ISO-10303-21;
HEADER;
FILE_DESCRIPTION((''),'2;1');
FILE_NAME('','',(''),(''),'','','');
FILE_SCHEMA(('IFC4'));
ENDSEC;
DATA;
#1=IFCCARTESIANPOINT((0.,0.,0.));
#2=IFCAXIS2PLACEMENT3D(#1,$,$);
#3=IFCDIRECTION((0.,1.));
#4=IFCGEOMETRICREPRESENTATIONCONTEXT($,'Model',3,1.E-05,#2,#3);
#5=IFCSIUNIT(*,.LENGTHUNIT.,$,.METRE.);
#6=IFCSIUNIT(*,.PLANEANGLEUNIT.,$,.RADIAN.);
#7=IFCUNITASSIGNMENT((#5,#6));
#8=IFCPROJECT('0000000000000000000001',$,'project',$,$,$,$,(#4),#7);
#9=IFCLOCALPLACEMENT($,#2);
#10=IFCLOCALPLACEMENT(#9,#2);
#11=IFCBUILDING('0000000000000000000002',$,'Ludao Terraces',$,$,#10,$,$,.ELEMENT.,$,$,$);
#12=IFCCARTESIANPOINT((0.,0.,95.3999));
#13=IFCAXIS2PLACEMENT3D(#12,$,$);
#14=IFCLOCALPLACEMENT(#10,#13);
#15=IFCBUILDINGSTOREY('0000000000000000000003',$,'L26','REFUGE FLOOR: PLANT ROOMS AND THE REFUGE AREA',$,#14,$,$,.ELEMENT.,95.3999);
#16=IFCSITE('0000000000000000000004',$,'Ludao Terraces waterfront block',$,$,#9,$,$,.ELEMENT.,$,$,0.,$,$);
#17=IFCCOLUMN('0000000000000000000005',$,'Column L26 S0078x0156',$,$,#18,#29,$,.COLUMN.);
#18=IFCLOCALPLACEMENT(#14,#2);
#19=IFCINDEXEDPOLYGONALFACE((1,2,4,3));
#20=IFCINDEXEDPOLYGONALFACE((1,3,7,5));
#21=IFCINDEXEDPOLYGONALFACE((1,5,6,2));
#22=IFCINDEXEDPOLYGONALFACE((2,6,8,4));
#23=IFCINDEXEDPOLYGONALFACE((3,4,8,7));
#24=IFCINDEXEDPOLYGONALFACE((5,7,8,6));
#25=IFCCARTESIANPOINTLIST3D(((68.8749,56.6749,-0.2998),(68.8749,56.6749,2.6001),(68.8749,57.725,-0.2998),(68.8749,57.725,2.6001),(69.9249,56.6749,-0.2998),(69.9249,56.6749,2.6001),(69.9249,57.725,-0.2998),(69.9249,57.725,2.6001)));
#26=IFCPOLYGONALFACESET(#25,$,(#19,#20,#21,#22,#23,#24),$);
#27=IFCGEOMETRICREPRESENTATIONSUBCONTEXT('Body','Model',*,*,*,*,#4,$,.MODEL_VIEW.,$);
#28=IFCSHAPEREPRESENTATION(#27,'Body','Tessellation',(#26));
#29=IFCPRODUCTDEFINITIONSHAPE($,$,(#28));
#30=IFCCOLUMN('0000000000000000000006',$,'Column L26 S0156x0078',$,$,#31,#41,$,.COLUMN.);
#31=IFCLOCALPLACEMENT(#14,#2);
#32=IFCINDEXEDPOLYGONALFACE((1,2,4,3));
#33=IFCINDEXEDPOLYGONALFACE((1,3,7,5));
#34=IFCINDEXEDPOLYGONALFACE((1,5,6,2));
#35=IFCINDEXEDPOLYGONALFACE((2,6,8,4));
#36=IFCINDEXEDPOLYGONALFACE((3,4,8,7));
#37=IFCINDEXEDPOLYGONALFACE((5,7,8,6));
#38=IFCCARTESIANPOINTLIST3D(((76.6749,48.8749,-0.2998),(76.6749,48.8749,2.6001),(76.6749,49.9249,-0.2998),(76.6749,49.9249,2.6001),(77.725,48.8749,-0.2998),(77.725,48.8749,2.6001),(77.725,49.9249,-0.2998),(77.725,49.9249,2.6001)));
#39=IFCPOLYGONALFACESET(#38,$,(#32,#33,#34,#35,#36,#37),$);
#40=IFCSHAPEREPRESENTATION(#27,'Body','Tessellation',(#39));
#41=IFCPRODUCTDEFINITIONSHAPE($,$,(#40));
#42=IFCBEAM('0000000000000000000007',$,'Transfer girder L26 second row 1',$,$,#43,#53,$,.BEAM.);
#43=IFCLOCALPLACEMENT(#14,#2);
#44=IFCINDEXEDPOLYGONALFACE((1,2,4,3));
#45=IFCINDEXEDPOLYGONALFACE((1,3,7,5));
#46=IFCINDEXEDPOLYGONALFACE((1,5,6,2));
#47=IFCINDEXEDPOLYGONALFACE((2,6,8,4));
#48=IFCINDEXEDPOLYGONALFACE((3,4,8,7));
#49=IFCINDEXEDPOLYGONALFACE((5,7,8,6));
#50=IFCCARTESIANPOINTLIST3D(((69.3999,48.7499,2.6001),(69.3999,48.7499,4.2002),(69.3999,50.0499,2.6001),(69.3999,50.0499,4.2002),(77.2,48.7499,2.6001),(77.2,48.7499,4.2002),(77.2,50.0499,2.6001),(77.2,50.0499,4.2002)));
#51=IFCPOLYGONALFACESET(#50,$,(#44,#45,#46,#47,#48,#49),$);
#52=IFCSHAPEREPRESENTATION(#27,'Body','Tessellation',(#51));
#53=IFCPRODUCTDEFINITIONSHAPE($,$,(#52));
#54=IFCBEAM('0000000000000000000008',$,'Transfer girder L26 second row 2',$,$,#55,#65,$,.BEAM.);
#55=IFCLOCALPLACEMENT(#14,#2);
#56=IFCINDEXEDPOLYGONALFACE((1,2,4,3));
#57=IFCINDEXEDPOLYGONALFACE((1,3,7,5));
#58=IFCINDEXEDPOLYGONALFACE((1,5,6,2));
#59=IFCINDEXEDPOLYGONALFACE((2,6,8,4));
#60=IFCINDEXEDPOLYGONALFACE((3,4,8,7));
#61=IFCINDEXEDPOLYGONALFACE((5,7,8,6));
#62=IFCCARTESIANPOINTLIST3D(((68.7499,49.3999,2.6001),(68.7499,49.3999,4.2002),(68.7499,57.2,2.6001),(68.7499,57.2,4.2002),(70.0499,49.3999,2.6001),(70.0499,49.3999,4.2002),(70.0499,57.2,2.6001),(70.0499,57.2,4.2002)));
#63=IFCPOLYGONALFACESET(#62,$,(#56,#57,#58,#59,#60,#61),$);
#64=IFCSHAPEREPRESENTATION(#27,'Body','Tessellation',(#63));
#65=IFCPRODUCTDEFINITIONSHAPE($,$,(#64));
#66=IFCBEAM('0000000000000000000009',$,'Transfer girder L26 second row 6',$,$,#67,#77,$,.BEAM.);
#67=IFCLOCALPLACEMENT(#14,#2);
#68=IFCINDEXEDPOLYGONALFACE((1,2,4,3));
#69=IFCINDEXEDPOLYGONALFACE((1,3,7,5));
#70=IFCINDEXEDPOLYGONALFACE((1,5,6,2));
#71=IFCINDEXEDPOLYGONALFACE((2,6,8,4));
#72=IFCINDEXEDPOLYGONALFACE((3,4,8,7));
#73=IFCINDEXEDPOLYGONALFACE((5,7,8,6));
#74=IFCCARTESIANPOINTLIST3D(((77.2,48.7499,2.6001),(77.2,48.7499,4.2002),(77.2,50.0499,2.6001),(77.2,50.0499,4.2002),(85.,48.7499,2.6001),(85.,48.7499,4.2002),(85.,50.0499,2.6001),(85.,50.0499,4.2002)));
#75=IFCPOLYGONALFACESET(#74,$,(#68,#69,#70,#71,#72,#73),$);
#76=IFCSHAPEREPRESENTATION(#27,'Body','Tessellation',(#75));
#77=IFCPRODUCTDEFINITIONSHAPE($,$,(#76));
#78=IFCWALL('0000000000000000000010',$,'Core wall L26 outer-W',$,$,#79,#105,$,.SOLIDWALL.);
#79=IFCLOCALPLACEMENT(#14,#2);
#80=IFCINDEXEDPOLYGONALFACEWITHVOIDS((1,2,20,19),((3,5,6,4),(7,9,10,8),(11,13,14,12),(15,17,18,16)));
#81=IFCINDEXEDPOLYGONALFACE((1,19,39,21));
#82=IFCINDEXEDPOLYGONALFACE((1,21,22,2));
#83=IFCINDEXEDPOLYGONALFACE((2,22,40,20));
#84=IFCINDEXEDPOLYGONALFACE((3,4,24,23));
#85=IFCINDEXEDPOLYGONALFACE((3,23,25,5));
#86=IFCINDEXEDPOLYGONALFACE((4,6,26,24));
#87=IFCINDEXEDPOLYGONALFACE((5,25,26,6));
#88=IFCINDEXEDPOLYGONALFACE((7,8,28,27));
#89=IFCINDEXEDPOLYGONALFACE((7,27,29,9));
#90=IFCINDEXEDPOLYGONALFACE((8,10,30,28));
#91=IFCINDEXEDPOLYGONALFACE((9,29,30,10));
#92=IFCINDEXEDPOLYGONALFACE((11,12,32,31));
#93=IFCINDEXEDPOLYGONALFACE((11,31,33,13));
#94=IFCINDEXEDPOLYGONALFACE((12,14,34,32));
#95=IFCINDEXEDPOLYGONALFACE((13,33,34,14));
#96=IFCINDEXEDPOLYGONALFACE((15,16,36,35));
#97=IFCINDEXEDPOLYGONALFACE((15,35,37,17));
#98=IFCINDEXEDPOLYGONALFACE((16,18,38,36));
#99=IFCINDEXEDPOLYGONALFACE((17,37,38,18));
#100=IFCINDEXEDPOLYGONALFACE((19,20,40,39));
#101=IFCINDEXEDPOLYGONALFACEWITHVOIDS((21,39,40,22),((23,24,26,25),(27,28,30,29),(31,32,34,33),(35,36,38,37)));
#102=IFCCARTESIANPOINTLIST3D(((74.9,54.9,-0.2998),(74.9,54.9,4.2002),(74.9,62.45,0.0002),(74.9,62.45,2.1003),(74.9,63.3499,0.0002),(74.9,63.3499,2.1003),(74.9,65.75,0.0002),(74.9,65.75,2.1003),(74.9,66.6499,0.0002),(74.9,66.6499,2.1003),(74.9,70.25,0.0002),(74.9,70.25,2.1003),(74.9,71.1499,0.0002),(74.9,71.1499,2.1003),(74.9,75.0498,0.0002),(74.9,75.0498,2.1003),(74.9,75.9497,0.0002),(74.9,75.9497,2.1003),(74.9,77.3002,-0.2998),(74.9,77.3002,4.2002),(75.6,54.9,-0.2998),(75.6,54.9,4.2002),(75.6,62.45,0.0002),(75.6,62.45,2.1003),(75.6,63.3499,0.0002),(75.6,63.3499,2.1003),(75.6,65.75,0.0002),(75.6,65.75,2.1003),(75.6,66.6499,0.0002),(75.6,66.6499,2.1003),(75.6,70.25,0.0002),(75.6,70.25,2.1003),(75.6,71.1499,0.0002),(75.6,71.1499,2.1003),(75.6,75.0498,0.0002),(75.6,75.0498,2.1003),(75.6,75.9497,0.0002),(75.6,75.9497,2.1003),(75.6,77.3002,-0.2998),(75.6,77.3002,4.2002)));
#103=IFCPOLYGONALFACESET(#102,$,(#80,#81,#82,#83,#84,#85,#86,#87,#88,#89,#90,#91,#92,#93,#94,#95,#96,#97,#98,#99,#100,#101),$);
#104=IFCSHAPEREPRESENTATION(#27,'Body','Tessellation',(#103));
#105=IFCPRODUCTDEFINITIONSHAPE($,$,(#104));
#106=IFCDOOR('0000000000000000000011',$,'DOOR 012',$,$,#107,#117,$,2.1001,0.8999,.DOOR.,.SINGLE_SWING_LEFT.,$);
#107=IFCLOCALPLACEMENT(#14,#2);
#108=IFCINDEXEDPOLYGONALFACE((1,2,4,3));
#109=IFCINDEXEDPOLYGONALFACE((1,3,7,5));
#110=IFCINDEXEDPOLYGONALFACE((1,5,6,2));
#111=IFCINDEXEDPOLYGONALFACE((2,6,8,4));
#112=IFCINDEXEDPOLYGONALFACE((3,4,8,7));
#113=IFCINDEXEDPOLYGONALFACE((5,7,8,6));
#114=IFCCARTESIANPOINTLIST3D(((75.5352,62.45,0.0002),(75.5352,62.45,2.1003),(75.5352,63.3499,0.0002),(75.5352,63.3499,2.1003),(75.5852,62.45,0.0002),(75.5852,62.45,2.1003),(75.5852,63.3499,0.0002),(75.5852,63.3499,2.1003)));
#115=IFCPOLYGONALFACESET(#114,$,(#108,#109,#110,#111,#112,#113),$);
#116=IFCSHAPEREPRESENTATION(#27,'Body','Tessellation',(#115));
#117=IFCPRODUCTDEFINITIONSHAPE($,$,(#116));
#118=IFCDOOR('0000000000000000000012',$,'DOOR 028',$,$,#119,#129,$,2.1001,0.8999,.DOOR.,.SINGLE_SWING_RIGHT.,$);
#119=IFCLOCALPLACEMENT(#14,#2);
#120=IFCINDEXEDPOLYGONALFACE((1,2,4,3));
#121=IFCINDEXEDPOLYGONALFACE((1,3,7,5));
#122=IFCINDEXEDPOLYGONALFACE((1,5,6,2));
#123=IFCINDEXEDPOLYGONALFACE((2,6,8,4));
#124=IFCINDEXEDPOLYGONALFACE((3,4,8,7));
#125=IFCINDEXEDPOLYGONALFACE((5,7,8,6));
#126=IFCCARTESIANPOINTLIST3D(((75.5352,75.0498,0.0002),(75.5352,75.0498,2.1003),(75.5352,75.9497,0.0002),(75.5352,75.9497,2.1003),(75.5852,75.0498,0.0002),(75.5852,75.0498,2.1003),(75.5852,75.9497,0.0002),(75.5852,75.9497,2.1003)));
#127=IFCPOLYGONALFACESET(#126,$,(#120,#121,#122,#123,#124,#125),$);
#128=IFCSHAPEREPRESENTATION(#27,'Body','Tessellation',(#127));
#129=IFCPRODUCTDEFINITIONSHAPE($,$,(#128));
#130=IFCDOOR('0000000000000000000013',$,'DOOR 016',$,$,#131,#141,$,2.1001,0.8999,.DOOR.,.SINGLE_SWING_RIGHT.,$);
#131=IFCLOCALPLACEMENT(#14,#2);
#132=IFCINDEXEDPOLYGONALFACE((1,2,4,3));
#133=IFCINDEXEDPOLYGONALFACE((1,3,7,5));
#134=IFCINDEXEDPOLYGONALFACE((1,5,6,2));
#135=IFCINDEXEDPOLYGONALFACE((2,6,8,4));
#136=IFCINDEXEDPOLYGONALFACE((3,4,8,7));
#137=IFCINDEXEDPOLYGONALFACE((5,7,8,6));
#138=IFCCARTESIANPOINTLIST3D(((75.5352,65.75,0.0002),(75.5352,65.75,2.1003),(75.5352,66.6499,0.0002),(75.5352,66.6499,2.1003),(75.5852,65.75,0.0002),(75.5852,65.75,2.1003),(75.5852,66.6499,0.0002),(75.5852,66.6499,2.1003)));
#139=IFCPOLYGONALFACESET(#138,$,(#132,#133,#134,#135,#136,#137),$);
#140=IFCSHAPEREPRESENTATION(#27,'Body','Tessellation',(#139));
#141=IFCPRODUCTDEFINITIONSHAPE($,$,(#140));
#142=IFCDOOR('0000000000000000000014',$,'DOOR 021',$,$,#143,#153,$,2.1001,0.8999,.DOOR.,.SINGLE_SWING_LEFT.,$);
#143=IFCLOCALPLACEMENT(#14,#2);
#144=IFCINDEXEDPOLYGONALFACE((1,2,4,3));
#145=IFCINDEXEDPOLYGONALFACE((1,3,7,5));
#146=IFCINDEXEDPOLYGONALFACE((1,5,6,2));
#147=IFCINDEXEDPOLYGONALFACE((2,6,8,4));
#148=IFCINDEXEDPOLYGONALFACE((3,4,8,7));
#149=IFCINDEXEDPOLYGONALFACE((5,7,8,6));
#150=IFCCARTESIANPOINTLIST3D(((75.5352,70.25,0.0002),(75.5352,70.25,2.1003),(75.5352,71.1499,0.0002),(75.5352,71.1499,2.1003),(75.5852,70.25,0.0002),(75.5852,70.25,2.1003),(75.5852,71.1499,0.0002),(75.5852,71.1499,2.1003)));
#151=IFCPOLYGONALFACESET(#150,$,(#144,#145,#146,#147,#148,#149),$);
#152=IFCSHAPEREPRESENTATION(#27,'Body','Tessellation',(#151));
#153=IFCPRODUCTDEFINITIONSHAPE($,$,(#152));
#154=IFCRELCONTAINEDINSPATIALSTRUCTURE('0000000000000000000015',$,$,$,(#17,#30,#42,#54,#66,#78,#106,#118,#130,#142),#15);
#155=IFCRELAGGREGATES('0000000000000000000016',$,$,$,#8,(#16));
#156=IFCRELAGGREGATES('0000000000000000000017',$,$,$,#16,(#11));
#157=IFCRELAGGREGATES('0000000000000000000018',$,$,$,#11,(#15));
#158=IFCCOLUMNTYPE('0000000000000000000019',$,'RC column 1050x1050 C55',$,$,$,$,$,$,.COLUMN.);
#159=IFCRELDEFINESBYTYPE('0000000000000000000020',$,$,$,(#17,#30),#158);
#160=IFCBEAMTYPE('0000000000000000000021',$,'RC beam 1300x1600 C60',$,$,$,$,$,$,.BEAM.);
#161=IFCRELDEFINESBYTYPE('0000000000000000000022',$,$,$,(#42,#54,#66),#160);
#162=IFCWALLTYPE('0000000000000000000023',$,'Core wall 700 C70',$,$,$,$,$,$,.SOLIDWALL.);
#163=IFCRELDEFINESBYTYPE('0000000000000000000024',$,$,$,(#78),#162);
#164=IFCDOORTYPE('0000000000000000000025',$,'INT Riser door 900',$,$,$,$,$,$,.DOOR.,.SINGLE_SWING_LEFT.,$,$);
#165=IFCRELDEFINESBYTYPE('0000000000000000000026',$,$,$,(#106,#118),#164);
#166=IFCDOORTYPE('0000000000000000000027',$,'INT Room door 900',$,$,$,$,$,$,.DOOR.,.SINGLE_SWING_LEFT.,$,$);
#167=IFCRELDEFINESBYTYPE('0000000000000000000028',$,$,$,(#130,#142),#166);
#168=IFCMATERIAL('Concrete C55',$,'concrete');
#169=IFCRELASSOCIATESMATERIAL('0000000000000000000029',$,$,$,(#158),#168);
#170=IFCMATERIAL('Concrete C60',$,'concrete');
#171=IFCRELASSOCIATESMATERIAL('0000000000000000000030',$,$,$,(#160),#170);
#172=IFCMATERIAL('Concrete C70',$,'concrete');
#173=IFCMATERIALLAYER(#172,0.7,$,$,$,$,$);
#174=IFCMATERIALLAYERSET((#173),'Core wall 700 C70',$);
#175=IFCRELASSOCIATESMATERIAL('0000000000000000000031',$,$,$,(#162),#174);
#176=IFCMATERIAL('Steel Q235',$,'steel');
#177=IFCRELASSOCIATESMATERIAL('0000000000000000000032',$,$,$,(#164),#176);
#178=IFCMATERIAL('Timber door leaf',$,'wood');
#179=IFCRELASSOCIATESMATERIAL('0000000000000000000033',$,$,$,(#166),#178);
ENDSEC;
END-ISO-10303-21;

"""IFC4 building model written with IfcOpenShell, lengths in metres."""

from ifc_helpers import new_model, si_unit, direction, frame, frame_2d, origin, origin_2d, place, context, subcontext, project, spatial, rectangle, extrude, material, layer, layer_set, material_profile, profile_set, type_object, element, fill, save


model = new_model("IFC4")

# Units and contexts
model_context = context("Model", 3, precision=1e-05, world=origin(), true_north=direction((0.0, 1.0)))
body_context = subcontext(model_context, "Body", "Model", "MODEL_VIEW")
ifc_project = project(units=[si_unit("LENGTHUNIT", "METRE"), si_unit("PLANEANGLEUNIT", "RADIAN")], contexts=[model_context])

# Site, building, storey
site_placement = place(None, origin())
site = spatial("IfcSite", under=ifc_project, at=site_placement, Name="Ludao Terraces waterfront block", CompositionType="ELEMENT", RefElevation=0.0)
building_placement = place(site_placement, origin())
building = spatial("IfcBuilding", under=site, at=building_placement, Name="Ludao Terraces", CompositionType="ELEMENT")
storey_placement = place(building_placement, frame((0.0, 0.0, 95.3999)))
storey = spatial("IfcBuildingStorey", under=building, at=storey_placement, Name="L26", Description="REFUGE FLOOR: PLANT ROOMS AND THE REFUGE AREA", CompositionType="ELEMENT", Elevation=95.3999)

# Columns
ifc_material_1 = material(Name="Concrete C55", Category="concrete")
ifc_material_profile_1 = material_profile(ifc_material_1, rectangle(XDim=1.05, YDim=1.05, at=origin_2d()), Name="1050 X 1050")
ifc_profile_set_1 = profile_set([ifc_material_profile_1], Name="Concrete C55")
column_type = type_object("IfcColumnType", Name="RC column 1050x1050 C55", PredefinedType="COLUMN", material=ifc_profile_set_1)
for number, where, z_axis, x_axis, name in (
    (1, (69.3999, 57.2, -0.2998), (0.0, 0.0, 1.0), (1.0, 0.0, 0.0), "Column L26 S0078x0156"),
    (2, (77.2, 49.3999, -0.2998), (0.0, 0.0, 1.0), (1.0, 0.0, 0.0), "Column L26 S0156x0078"),
):
    element("IfcColumn", number, at=place(storey_placement, frame(where, z_axis=z_axis, x_axis=x_axis)), inside=storey, type_object=column_type, Name=name, PredefinedType="COLUMN", context=body_context, shape_type="SweptSolid", body=[
        extrude(rectangle(XDim=1.05, YDim=1.05, at=origin_2d()), origin(), (0.0, 0.0, 1.0), 2.8999),
    ])

# Beams
ifc_material_2 = material(Name="Concrete C60", Category="concrete")
ifc_material_profile_2 = material_profile(ifc_material_2, rectangle(XDim=1.3, YDim=1.6001, at=origin_2d()), Name="1300 X 1600")
ifc_profile_set_2 = profile_set([ifc_material_profile_2], Name="Concrete C60")
beam_type = type_object("IfcBeamType", Name="RC beam 1300x1600 C60", PredefinedType="BEAM", material=ifc_profile_set_2)
for number, where, z_axis, x_axis, name in (
    (3, (69.3999, 49.3999, 3.4001), (1.0, 0.0, 0.0), (0.0, 1.0, 0.0), "Transfer girder L26 second row 1"),
    (4, (69.3999, 49.3999, 3.4001), (0.0, 1.0, 0.0), (-1.0, 0.0, 0.0), "Transfer girder L26 second row 2"),
    (5, (77.2, 49.3999, 3.4001), (1.0, 0.0, 0.0), (0.0, 1.0, 0.0), "Transfer girder L26 second row 6"),
):
    element("IfcBeam", number, at=place(storey_placement, frame(where, z_axis=z_axis, x_axis=x_axis)), inside=storey, type_object=beam_type, Name=name, PredefinedType="BEAM", context=body_context, shape_type="SweptSolid", body=[
        extrude(rectangle(XDim=1.3, YDim=1.6001, at=origin_2d()), origin(), (0.0, 0.0, 1.0), 7.8),
    ])

# Wall, openings, doors
ifc_material_3 = material(Name="Concrete C70", Category="concrete")
ifc_layer_1 = layer(ifc_material_3, 0.7)
ifc_layer_set_1 = layer_set([ifc_layer_1], Name="Core wall 700 C70")
wall_type_1 = type_object("IfcWallType", Name="Core wall 700 C70", PredefinedType="SOLIDWALL", material=ifc_layer_set_1)
wall_1_placement = place(storey_placement, frame((75.25, 54.8999, -0.2998), z_axis=(0.0, 0.0, 1.0), x_axis=(0.0, 1.0, 0.0)))
wall_1 = element("IfcWall", 6, at=wall_1_placement, inside=storey, type_object=wall_type_1, Name="Core wall L26 outer-W", PredefinedType="SOLIDWALL", context=body_context, shape_type="SweptSolid", body=[
    extrude(rectangle(XDim=22.4001, YDim=0.7, at=frame_2d((11.2002, 0.0))), origin(), (0.0, 0.0, 1.0), 4.5),
])
opening_1_placement = place(wall_1_placement, frame((7.55, 0.0, 0.3)))
opening_1 = element("IfcOpeningElement", 7, at=opening_1_placement, cuts=wall_1, PredefinedType="OPENING", context=body_context, shape_type="SweptSolid", body=[
    extrude(rectangle(XDim=0.8999, YDim=2.1001, at=frame_2d((0.45, 1.05))), frame((0.0, 0.3599, 0.0), z_axis=(0.0, -1.0, 0.0), x_axis=(1.0, 0.0, 0.0)), (0.0, 0.0, 1.0), 0.72),
])
opening_2_placement = place(wall_1_placement, frame((10.8501, 0.0, 0.3)))
opening_2 = element("IfcOpeningElement", 8, at=opening_2_placement, cuts=wall_1, PredefinedType="OPENING", context=body_context, shape_type="SweptSolid", body=[
    extrude(rectangle(XDim=0.8999, YDim=2.1001, at=frame_2d((0.45, 1.05))), frame((0.0, 0.3599, 0.0), z_axis=(0.0, -1.0, 0.0), x_axis=(1.0, 0.0, 0.0)), (0.0, 0.0, 1.0), 0.72),
])
opening_3_placement = place(wall_1_placement, frame((15.3501, 0.0, 0.3)))
opening_3 = element("IfcOpeningElement", 9, at=opening_3_placement, cuts=wall_1, PredefinedType="OPENING", context=body_context, shape_type="SweptSolid", body=[
    extrude(rectangle(XDim=0.8999, YDim=2.1001, at=frame_2d((0.45, 1.05))), frame((0.0, 0.3599, 0.0), z_axis=(0.0, -1.0, 0.0), x_axis=(1.0, 0.0, 0.0)), (0.0, 0.0, 1.0), 0.72),
])
opening_4_placement = place(wall_1_placement, frame((20.1499, 0.0, 0.3)))
opening_4 = element("IfcOpeningElement", 10, at=opening_4_placement, cuts=wall_1, PredefinedType="OPENING", context=body_context, shape_type="SweptSolid", body=[
    extrude(rectangle(XDim=0.8999, YDim=2.1001, at=frame_2d((0.45, 1.05))), frame((0.0, 0.3599, 0.0), z_axis=(0.0, -1.0, 0.0), x_axis=(1.0, 0.0, 0.0)), (0.0, 0.0, 1.0), 0.72),
])
ifc_material_4 = material(Name="Steel Q235", Category="steel")
door_type_1 = type_object("IfcDoorType", Name="INT Riser door 900", OperationType="SINGLE_SWING_LEFT", PredefinedType="DOOR", material=ifc_material_4)
door_1_placement = place(opening_1_placement, origin())
door_1 = element("IfcDoor", 11, at=door_1_placement, inside=storey, type_object=door_type_1, Name="DOOR 012", OperationType="SINGLE_SWING_LEFT", OverallHeight=2.1001, OverallWidth=0.8999, PredefinedType="DOOR", context=body_context, shape_type="SweptSolid", body=[
    extrude(rectangle(XDim=0.8999, YDim=2.1001, at=frame_2d((0.45, 1.05))), frame((0.0, -0.2852, 0.0), z_axis=(0.0, -1.0, 0.0), x_axis=(1.0, 0.0, 0.0)), (0.0, 0.0, 1.0), 0.05),
])
fill(opening_1, door_1)
door_2_placement = place(opening_4_placement, origin())
door_2 = element("IfcDoor", 12, at=door_2_placement, inside=storey, type_object=door_type_1, Name="DOOR 028", OperationType="SINGLE_SWING_RIGHT", OverallHeight=2.1001, OverallWidth=0.8999, PredefinedType="DOOR", context=body_context, shape_type="SweptSolid", body=[
    extrude(rectangle(XDim=0.8999, YDim=2.1001, at=frame_2d((0.45, 1.05))), frame((0.0, -0.2852, 0.0), z_axis=(0.0, -1.0, 0.0), x_axis=(1.0, 0.0, 0.0)), (0.0, 0.0, 1.0), 0.05),
])
fill(opening_4, door_2)
ifc_material_5 = material(Name="Timber door leaf", Category="wood")
door_type_2 = type_object("IfcDoorType", Name="INT Room door 900", OperationType="SINGLE_SWING_LEFT", PredefinedType="DOOR", material=ifc_material_5)
door_3_placement = place(opening_2_placement, origin())
door_3 = element("IfcDoor", 13, at=door_3_placement, inside=storey, type_object=door_type_2, Name="DOOR 016", OperationType="SINGLE_SWING_RIGHT", OverallHeight=2.1001, OverallWidth=0.8999, PredefinedType="DOOR", context=body_context, shape_type="SweptSolid", body=[
    extrude(rectangle(XDim=0.8999, YDim=2.1001, at=frame_2d((0.45, 1.05))), frame((0.0, -0.2852, 0.0), z_axis=(0.0, -1.0, 0.0), x_axis=(1.0, 0.0, 0.0)), (0.0, 0.0, 1.0), 0.05),
])
fill(opening_2, door_3)
door_4_placement = place(opening_3_placement, origin())
door_4 = element("IfcDoor", 14, at=door_4_placement, inside=storey, type_object=door_type_2, Name="DOOR 021", OperationType="SINGLE_SWING_LEFT", OverallHeight=2.1001, OverallWidth=0.8999, PredefinedType="DOOR", context=body_context, shape_type="SweptSolid", body=[
    extrude(rectangle(XDim=0.8999, YDim=2.1001, at=frame_2d((0.45, 1.05))), frame((0.0, -0.2852, 0.0), z_axis=(0.0, -1.0, 0.0), x_axis=(1.0, 0.0, 0.0)), (0.0, 0.0, 1.0), 0.05),
])
fill(opening_3, door_4)

save(model, "model.ifc")
